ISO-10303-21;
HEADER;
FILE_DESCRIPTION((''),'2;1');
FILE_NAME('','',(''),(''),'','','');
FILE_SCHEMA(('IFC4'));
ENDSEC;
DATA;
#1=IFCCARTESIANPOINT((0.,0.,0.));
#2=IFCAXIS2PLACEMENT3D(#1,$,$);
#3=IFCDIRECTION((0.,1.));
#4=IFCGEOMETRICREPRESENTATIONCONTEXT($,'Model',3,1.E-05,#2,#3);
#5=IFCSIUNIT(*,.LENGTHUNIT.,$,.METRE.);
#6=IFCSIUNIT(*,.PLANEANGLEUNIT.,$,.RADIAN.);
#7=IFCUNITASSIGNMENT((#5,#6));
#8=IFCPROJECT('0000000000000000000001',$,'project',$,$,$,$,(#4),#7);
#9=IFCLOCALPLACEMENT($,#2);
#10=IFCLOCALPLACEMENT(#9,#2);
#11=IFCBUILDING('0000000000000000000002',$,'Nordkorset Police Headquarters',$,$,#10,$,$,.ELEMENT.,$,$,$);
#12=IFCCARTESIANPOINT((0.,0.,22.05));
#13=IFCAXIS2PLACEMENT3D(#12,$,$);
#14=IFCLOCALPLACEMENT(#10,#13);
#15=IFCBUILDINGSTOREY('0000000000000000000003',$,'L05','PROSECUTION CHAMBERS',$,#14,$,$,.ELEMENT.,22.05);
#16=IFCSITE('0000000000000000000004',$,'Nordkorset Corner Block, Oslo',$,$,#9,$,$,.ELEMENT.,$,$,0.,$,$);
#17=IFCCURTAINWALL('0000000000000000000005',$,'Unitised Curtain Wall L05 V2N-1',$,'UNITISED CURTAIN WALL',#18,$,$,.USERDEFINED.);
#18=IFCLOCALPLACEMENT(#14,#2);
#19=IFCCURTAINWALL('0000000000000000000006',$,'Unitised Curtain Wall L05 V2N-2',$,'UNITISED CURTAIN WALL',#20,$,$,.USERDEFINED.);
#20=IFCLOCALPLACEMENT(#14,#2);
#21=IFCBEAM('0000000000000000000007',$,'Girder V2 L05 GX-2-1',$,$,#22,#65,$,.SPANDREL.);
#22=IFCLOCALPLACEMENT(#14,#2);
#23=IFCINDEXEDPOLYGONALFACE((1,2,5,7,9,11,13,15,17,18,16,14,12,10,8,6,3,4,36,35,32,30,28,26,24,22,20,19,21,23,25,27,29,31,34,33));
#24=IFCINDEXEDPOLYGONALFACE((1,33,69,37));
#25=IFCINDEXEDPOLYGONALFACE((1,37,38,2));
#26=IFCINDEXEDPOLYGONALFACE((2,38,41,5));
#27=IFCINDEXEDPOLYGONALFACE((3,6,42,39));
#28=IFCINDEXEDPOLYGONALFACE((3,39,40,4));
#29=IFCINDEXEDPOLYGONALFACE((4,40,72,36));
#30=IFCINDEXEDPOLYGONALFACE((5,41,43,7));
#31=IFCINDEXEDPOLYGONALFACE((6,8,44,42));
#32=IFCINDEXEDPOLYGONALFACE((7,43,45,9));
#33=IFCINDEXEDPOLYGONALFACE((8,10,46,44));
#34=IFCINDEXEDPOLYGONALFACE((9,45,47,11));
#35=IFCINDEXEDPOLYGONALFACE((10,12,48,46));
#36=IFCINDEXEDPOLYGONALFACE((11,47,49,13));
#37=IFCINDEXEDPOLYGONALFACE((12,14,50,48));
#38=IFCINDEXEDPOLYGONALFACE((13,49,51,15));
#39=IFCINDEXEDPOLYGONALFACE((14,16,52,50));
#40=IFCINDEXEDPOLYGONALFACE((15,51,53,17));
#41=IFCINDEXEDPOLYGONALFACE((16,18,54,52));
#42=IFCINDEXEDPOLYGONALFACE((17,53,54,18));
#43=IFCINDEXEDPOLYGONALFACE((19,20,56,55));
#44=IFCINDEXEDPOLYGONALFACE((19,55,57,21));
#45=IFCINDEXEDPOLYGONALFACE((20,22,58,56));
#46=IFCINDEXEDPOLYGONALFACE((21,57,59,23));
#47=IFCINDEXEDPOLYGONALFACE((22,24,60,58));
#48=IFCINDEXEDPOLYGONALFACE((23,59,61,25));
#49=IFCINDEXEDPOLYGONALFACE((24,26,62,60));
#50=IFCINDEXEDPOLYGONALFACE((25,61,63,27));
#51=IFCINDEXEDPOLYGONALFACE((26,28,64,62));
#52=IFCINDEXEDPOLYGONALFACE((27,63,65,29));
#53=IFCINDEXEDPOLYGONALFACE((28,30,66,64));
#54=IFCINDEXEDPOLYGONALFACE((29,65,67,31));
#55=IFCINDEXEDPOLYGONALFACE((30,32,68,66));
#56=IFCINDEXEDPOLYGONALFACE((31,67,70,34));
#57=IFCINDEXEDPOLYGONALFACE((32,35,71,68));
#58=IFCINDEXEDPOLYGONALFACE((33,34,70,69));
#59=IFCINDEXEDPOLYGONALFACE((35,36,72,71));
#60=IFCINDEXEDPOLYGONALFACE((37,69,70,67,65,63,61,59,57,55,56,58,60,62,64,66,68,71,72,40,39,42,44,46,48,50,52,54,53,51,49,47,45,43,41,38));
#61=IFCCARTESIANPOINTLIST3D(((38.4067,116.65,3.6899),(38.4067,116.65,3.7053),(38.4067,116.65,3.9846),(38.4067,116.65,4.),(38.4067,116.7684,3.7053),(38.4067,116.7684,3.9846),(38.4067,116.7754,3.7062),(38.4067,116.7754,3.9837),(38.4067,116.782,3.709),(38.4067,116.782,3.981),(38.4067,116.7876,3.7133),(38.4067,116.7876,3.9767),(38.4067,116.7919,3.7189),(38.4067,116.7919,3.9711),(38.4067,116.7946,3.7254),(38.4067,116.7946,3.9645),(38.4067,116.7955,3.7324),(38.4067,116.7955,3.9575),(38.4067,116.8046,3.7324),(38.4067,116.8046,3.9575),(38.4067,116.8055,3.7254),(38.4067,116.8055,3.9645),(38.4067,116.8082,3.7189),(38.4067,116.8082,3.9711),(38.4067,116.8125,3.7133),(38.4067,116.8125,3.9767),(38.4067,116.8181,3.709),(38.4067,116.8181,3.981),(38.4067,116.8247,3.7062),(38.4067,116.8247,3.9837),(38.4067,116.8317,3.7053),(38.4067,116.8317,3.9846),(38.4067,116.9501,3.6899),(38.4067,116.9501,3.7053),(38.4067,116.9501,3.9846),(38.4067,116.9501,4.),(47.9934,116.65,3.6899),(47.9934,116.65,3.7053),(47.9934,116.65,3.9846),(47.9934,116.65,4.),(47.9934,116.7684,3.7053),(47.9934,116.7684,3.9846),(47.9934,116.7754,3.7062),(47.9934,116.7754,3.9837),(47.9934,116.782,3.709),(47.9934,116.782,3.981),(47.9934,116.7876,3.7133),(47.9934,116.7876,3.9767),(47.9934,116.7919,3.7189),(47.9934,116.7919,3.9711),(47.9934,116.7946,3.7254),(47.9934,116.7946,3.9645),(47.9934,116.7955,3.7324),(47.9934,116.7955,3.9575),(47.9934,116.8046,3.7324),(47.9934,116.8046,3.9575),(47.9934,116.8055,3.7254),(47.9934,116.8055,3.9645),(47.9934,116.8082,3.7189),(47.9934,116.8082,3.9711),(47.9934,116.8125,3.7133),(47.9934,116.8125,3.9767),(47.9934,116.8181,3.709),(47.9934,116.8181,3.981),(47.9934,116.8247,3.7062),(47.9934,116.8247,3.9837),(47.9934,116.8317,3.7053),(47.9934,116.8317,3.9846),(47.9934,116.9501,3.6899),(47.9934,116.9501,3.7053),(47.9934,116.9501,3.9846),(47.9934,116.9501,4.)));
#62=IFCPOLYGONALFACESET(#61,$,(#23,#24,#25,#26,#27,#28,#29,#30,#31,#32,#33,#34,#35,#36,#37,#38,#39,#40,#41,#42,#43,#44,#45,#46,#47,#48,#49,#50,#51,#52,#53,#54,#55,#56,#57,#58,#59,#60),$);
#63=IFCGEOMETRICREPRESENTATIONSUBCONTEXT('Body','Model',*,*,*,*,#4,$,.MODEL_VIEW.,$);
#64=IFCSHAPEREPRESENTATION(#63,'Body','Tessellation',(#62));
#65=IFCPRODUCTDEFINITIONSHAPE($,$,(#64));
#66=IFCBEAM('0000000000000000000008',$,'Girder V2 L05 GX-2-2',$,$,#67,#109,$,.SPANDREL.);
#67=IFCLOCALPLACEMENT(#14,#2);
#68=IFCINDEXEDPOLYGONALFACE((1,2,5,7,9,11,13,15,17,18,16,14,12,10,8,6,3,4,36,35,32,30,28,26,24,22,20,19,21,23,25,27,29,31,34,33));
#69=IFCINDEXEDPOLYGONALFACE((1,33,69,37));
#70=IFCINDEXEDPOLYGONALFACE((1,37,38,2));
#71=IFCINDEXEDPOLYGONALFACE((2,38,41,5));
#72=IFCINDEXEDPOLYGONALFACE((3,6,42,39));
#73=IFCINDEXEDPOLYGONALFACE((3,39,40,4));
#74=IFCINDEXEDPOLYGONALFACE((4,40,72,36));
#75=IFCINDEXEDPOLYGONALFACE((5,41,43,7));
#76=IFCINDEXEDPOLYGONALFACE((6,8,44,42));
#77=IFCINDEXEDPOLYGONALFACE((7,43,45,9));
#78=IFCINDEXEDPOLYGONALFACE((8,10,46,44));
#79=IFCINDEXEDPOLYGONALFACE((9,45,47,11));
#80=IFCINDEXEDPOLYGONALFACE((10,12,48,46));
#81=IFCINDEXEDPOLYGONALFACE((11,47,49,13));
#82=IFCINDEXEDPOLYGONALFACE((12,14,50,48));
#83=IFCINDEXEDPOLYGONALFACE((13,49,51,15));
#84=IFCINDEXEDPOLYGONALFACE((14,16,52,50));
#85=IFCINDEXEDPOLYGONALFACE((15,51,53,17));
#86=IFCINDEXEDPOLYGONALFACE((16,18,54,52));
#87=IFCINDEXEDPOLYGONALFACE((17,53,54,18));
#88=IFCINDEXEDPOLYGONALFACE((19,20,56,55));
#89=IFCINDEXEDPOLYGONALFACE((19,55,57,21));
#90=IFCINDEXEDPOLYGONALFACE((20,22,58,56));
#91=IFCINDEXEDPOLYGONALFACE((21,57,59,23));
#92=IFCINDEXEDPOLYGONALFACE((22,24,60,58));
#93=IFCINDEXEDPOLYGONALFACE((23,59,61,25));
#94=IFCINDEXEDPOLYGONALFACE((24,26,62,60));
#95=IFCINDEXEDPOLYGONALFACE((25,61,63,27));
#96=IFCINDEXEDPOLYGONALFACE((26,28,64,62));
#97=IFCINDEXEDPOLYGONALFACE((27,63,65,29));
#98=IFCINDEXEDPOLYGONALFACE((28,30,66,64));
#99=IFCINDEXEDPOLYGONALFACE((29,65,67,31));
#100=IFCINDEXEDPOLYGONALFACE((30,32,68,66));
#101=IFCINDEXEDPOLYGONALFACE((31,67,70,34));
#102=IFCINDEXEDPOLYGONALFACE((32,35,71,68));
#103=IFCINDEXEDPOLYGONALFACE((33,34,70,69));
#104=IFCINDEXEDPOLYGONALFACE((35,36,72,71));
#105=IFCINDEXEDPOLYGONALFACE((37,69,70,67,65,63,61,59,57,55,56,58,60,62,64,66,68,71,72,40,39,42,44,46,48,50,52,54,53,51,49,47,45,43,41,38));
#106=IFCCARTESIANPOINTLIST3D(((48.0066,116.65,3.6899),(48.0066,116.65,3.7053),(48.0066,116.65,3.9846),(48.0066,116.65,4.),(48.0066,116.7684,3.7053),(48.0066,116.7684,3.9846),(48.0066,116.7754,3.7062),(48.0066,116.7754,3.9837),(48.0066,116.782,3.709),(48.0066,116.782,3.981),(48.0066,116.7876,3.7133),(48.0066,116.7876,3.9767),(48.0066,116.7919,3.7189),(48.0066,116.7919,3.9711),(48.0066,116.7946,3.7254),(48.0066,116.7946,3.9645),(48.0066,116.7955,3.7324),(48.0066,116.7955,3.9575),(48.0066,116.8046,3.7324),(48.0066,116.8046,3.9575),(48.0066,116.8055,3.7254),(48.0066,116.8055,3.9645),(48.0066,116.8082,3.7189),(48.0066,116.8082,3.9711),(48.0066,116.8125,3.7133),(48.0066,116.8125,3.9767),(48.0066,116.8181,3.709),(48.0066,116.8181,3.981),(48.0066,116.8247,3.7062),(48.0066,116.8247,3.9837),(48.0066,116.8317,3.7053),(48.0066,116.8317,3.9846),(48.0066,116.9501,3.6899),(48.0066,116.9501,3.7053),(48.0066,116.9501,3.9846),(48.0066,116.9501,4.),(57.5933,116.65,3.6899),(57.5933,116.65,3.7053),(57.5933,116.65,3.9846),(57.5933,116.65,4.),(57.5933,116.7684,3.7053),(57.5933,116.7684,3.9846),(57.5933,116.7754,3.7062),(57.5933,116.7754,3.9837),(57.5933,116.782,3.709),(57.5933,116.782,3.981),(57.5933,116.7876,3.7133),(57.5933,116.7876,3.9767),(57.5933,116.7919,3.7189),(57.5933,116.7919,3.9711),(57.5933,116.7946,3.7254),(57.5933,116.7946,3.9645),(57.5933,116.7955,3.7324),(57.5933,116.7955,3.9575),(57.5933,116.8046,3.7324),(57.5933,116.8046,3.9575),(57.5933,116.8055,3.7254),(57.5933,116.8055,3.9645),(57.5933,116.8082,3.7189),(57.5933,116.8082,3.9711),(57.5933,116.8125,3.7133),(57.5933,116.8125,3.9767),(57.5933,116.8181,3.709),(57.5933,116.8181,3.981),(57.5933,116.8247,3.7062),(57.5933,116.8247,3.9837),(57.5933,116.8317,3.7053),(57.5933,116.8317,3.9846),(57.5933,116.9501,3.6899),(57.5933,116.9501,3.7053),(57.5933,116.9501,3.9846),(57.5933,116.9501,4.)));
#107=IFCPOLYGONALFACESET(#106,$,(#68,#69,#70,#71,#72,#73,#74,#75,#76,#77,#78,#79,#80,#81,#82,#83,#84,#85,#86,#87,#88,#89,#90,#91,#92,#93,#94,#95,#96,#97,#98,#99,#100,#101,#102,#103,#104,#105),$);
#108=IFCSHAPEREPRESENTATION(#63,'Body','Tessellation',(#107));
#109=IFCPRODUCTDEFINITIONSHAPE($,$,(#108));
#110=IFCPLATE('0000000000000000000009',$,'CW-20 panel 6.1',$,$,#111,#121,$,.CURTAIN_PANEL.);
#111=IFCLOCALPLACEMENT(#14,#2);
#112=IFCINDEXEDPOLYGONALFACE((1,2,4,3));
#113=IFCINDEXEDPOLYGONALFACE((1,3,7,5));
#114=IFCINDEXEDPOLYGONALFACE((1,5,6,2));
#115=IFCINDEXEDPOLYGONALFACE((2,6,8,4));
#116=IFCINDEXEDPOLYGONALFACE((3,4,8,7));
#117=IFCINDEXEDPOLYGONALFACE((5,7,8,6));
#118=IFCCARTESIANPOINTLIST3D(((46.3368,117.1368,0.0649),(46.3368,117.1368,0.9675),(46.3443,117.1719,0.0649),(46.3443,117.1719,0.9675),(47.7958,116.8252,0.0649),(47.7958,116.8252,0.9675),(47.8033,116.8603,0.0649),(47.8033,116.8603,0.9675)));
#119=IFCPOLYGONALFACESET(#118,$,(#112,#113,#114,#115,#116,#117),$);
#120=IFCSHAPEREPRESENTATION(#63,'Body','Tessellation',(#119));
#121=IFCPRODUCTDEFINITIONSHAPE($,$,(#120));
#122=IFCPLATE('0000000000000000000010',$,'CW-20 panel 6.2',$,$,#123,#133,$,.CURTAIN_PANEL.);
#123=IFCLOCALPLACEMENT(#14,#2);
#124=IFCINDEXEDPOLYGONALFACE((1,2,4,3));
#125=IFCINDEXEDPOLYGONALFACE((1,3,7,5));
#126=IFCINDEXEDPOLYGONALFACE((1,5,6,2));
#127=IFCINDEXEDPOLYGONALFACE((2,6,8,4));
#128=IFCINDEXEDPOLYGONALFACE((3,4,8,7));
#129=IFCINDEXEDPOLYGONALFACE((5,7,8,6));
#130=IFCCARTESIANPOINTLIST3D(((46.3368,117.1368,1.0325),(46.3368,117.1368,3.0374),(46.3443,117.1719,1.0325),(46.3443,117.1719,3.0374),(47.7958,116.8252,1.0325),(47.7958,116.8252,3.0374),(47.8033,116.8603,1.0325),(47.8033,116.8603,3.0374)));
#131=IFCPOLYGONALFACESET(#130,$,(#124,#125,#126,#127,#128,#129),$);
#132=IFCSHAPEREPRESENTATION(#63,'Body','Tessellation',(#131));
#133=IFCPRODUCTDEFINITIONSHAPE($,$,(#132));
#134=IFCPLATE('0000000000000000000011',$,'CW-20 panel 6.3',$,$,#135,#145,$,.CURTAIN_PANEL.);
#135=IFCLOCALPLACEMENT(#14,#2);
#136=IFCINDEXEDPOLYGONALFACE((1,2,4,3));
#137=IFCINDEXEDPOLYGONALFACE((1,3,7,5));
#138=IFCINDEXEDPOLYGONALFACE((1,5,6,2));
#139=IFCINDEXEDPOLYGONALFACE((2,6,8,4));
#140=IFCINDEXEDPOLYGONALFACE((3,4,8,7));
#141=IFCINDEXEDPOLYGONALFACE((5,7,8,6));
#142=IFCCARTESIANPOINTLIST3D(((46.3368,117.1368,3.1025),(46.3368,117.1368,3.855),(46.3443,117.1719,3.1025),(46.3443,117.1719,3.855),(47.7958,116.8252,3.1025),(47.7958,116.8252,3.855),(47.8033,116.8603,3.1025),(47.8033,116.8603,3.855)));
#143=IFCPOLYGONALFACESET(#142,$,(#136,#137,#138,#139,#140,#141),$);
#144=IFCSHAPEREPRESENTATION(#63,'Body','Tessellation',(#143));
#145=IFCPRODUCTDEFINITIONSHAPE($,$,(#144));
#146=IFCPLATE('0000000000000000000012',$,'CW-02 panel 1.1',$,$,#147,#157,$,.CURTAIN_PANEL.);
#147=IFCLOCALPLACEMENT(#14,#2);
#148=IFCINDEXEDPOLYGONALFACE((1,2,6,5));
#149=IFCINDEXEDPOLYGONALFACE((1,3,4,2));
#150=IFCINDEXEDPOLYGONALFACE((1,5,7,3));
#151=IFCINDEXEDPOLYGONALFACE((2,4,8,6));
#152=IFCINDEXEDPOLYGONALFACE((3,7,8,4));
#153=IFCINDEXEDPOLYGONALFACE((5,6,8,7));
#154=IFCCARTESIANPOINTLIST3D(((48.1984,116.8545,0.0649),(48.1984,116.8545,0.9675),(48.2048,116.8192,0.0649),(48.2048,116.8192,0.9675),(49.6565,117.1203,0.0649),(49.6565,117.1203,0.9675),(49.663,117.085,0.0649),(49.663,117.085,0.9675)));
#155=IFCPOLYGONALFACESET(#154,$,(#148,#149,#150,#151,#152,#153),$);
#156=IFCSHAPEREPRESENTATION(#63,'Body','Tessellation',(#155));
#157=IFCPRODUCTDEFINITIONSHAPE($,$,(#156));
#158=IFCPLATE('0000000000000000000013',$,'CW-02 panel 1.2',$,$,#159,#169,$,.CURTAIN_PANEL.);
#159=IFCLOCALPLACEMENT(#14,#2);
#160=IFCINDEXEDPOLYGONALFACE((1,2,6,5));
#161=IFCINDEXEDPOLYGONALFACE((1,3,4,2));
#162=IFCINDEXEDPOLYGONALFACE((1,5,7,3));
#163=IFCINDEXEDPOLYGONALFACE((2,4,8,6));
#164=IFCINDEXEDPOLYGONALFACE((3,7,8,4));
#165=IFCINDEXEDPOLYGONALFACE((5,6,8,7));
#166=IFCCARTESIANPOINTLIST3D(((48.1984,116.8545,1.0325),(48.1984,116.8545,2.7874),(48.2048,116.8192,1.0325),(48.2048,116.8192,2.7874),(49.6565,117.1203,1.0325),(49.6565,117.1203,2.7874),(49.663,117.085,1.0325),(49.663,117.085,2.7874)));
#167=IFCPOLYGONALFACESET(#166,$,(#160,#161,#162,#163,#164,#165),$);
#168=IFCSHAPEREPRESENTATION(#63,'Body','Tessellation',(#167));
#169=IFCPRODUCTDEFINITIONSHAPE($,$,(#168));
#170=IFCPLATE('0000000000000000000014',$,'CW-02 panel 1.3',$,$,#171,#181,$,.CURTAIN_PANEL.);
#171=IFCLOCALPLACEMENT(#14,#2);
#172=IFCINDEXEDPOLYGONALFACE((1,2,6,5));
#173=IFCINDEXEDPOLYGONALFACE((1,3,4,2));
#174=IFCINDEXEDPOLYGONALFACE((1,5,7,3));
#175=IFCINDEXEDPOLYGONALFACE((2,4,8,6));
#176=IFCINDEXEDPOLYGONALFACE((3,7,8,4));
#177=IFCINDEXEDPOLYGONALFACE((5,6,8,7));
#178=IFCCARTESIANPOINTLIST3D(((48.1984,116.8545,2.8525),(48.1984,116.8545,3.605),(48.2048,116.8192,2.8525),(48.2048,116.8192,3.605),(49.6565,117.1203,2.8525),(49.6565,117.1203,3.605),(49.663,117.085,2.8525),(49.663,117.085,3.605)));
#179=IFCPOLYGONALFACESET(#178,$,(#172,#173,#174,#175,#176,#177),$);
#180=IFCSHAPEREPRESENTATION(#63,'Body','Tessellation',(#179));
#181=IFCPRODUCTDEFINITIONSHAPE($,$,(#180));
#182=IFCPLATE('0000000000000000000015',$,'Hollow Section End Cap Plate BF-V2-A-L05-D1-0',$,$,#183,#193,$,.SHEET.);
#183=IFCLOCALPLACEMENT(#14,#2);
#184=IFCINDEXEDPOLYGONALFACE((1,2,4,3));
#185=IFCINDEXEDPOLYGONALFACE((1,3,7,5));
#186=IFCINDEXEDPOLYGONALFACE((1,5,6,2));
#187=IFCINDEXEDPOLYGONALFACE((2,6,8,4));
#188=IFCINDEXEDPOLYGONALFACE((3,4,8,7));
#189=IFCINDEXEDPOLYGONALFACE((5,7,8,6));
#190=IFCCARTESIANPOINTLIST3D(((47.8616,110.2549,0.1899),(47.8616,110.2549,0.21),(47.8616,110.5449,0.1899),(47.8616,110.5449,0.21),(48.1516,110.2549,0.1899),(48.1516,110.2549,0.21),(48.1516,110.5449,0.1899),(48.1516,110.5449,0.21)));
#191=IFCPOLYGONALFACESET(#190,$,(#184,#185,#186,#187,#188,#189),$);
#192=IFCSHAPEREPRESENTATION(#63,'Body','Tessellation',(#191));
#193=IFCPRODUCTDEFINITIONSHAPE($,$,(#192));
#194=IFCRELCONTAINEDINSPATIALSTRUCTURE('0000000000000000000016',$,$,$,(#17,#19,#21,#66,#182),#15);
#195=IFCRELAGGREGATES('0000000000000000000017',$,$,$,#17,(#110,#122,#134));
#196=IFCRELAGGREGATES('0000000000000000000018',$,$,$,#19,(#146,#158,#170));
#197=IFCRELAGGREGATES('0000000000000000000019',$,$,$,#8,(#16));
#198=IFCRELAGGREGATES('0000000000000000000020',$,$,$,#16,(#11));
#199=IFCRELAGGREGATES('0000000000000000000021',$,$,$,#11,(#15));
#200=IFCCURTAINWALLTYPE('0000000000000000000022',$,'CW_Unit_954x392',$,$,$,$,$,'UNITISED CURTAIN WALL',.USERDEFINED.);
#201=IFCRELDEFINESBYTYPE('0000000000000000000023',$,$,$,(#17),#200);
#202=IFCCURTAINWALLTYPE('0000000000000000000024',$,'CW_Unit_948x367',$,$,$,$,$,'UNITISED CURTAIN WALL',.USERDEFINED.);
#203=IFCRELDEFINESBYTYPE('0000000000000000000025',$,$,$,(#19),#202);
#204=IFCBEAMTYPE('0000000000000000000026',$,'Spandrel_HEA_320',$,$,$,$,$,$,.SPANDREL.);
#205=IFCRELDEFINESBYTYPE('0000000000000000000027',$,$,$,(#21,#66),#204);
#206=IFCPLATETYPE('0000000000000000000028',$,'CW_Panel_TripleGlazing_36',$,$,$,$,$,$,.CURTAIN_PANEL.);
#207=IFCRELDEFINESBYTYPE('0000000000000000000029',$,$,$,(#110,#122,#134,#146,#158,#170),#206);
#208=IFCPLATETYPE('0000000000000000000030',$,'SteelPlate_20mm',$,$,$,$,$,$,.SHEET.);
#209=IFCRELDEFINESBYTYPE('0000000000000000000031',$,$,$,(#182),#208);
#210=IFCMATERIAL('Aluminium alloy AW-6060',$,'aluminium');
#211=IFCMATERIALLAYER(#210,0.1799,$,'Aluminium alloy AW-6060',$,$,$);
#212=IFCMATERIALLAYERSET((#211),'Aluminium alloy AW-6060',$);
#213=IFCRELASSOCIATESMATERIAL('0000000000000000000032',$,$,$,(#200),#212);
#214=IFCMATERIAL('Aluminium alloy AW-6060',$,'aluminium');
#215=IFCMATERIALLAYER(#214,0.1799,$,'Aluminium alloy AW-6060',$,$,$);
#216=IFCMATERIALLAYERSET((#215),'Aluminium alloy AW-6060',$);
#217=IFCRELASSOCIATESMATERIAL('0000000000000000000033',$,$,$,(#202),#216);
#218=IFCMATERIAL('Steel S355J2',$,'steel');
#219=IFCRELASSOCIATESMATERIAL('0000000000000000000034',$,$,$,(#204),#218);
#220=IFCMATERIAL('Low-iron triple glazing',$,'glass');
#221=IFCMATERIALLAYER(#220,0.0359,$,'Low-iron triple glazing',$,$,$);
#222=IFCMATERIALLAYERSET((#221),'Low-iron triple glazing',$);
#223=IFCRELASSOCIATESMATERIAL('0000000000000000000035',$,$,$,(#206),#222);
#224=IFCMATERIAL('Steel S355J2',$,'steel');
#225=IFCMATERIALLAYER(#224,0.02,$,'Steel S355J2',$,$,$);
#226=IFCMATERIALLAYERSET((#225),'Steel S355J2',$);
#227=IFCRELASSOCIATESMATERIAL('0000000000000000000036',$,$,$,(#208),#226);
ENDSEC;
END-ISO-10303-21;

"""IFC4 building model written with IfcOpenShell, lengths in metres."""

from ifc_helpers import new_model, si_unit, direction, frame, origin, origin_2d, place, context, subcontext, project, spatial, rectangle, i_section, extrude, material, layer, layer_set, material_profile, profile_set, type_object, element, aggregate, save


model = new_model("IFC4")

# Units and contexts
model_context = context("Model", 3, precision=1e-05, world=origin(), true_north=direction((0.0, 1.0)))
body_context = subcontext(model_context, "Body", "Model", "MODEL_VIEW")
ifc_project = project(units=[si_unit("LENGTHUNIT", "METRE"), si_unit("PLANEANGLEUNIT", "RADIAN")], contexts=[model_context])

# Site, building, storey
site_placement = place(None, origin())
site = spatial("IfcSite", under=ifc_project, at=site_placement, Name="Nordkorset Corner Block, Oslo", CompositionType="ELEMENT", RefElevation=0.0)
building_placement = place(site_placement, origin())
building = spatial("IfcBuilding", under=site, at=building_placement, Name="Nordkorset Police Headquarters", CompositionType="ELEMENT")
storey_placement = place(building_placement, frame((0.0, 0.0, 22.05)))
storey = spatial("IfcBuildingStorey", under=building, at=storey_placement, Name="L05", Description="PROSECUTION CHAMBERS", CompositionType="ELEMENT", Elevation=22.05)

# Curtain wall
ifc_material_1 = material(Name="Aluminium alloy AW-6060", Category="aluminium")
ifc_layer_1 = layer(ifc_material_1, 0.1799, Name="Aluminium alloy AW-6060")
ifc_layer_set_1 = layer_set([ifc_layer_1], Name="Aluminium alloy AW-6060")
curtain_wall_type_1 = type_object("IfcCurtainWallType", Name="CW_Unit_954x392", ElementType="UNITISED CURTAIN WALL", PredefinedType="USERDEFINED", material=ifc_layer_set_1)
curtain_wall_1_placement = place(storey_placement, origin())
curtain_wall_1 = element("IfcCurtainWall", 1, at=curtain_wall_1_placement, inside=storey, type_object=curtain_wall_type_1, Name="Unitised Curtain Wall L05 V2N-1", ObjectType="UNITISED CURTAIN WALL", PredefinedType="USERDEFINED")

# Curtain wall
ifc_material_2 = material(Name="Aluminium alloy AW-6060", Category="aluminium")
ifc_layer_2 = layer(ifc_material_2, 0.1799, Name="Aluminium alloy AW-6060")
ifc_layer_set_2 = layer_set([ifc_layer_2], Name="Aluminium alloy AW-6060")
curtain_wall_type_2 = type_object("IfcCurtainWallType", Name="CW_Unit_948x367", ElementType="UNITISED CURTAIN WALL", PredefinedType="USERDEFINED", material=ifc_layer_set_2)
curtain_wall_2_placement = place(storey_placement, origin())
curtain_wall_2 = element("IfcCurtainWall", 2, at=curtain_wall_2_placement, inside=storey, type_object=curtain_wall_type_2, Name="Unitised Curtain Wall L05 V2N-2", ObjectType="UNITISED CURTAIN WALL", PredefinedType="USERDEFINED")

# Beams
ifc_material_3 = material(Name="Steel S355J2", Category="steel")
ifc_material_profile_1 = material_profile(ifc_material_3, i_section(OverallWidth=0.3, OverallDepth=0.3101, WebThickness=0.009, FlangeThickness=0.0154, FilletRadius=0.0271, at=origin_2d()), Name="HEA 320")
ifc_profile_set_1 = profile_set([ifc_material_profile_1], Name="Steel S355J2")
beam_type_1 = type_object("IfcBeamType", Name="Spandrel_HEA_320", PredefinedType="SPANDREL", material=ifc_profile_set_1)
for number, where, z_axis, x_axis, name in (
    (3, (38.4067, 116.8, 3.845), (1.0, 0.0, 0.0), (0.0, 1.0, 0.0), "Girder V2 L05 GX-2-1"),
    (4, (48.0066, 116.8, 3.845), (1.0, 0.0, 0.0), (0.0, 1.0, 0.0), "Girder V2 L05 GX-2-2"),
):
    element("IfcBeam", number, at=place(storey_placement, frame(where, z_axis=z_axis, x_axis=x_axis)), inside=storey, type_object=beam_type_1, Name=name, PredefinedType="SPANDREL", context=body_context, shape_type="SweptSolid", body=[
        extrude(i_section(OverallWidth=0.3, OverallDepth=0.3101, WebThickness=0.009, FlangeThickness=0.0154, FilletRadius=0.0271, at=origin_2d()), origin(), (0.0, 0.0, 1.0), 9.5867),
    ])

# Plates
ifc_material_4 = material(Name="Low-iron triple glazing", Category="glass")
ifc_layer_3 = layer(ifc_material_4, 0.0359, Name="Low-iron triple glazing")
ifc_layer_set_3 = layer_set([ifc_layer_3], Name="Low-iron triple glazing")
plate_type_1 = type_object("IfcPlateType", Name="CW_Panel_TripleGlazing_36", PredefinedType="CURTAIN_PANEL", material=ifc_layer_set_3)
plate_1_placement = place(storey_placement, frame((47.0701, 116.9985, 0.0649), z_axis=(0.0, 0.0, 1.0), x_axis=(0.977951, -0.208833, 0.0)))
plate_1 = element("IfcPlate", 5, at=plate_1_placement, type_object=plate_type_1, Name="CW-20 panel 6.1", PredefinedType="CURTAIN_PANEL", context=body_context, shape_type="SweptSolid", body=[
    extrude(rectangle(XDim=1.4919, YDim=0.0359, at=origin_2d()), origin(), (0.0, 0.0, 1.0), 0.9026),
])
plate_2_placement = place(storey_placement, frame((47.0701, 116.9985, 1.0325), z_axis=(0.0, 0.0, 1.0), x_axis=(0.977951, -0.208833, 0.0)))
plate_2 = element("IfcPlate", 6, at=plate_2_placement, type_object=plate_type_1, Name="CW-20 panel 6.2", PredefinedType="CURTAIN_PANEL", context=body_context, shape_type="SweptSolid", body=[
    extrude(rectangle(XDim=1.4919, YDim=0.0359, at=origin_2d()), origin(), (0.0, 0.0, 1.0), 2.0049),
])
plate_3_placement = place(storey_placement, frame((47.0701, 116.9985, 3.1025), z_axis=(0.0, 0.0, 1.0), x_axis=(0.977951, -0.208833, 0.0)))
plate_3 = element("IfcPlate", 7, at=plate_3_placement, type_object=plate_type_1, Name="CW-20 panel 6.3", PredefinedType="CURTAIN_PANEL", context=body_context, shape_type="SweptSolid", body=[
    extrude(rectangle(XDim=1.4919, YDim=0.0359, at=origin_2d()), origin(), (0.0, 0.0, 1.0), 0.7524),
])
aggregate(curtain_wall_1, [plate_1, plate_2, plate_3])
plate_4_placement = place(storey_placement, frame((48.9307, 116.9697, 0.0649), z_axis=(0.0, 0.0, 1.0), x_axis=(0.983788, 0.179336, 0.0)))
plate_4 = element("IfcPlate", 8, at=plate_4_placement, type_object=plate_type_1, Name="CW-02 panel 1.1", PredefinedType="CURTAIN_PANEL", context=body_context, shape_type="SweptSolid", body=[
    extrude(rectangle(XDim=1.4822, YDim=0.0359, at=origin_2d()), origin(), (0.0, 0.0, 1.0), 0.9026),
])
plate_5_placement = place(storey_placement, frame((48.9307, 116.9697, 1.0325), z_axis=(0.0, 0.0, 1.0), x_axis=(0.983788, 0.179336, 0.0)))
plate_5 = element("IfcPlate", 9, at=plate_5_placement, type_object=plate_type_1, Name="CW-02 panel 1.2", PredefinedType="CURTAIN_PANEL", context=body_context, shape_type="SweptSolid", body=[
    extrude(rectangle(XDim=1.4822, YDim=0.0359, at=origin_2d()), origin(), (0.0, 0.0, 1.0), 1.7549),
])
plate_6_placement = place(storey_placement, frame((48.9307, 116.9697, 2.8525), z_axis=(0.0, 0.0, 1.0), x_axis=(0.983788, 0.179336, 0.0)))
plate_6 = element("IfcPlate", 10, at=plate_6_placement, type_object=plate_type_1, Name="CW-02 panel 1.3", PredefinedType="CURTAIN_PANEL", context=body_context, shape_type="SweptSolid", body=[
    extrude(rectangle(XDim=1.4822, YDim=0.0359, at=origin_2d()), origin(), (0.0, 0.0, 1.0), 0.7524),
])
aggregate(curtain_wall_2, [plate_4, plate_5, plate_6])
ifc_material_5 = material(Name="Steel S355J2", Category="steel")
ifc_layer_4 = layer(ifc_material_5, 0.02, Name="Steel S355J2")
ifc_layer_set_4 = layer_set([ifc_layer_4], Name="Steel S355J2")
plate_type_2 = type_object("IfcPlateType", Name="SteelPlate_20mm", PredefinedType="SHEET", material=ifc_layer_set_4)
plate_7_placement = place(storey_placement, frame((48.0066, 110.3999, 0.1899), z_axis=(0.0, 0.0, 1.0), x_axis=(1.0, 0.0, 0.0)))
element("IfcPlate", 11, at=plate_7_placement, inside=storey, type_object=plate_type_2, Name="Hollow Section End Cap Plate BF-V2-A-L05-D1-0", PredefinedType="SHEET", context=body_context, shape_type="SweptSolid", body=[
    extrude(rectangle(XDim=0.29, YDim=0.29, at=origin_2d()), origin(), (0.0, 0.0, 1.0), 0.02),
])

save(model, "model.ifc")
